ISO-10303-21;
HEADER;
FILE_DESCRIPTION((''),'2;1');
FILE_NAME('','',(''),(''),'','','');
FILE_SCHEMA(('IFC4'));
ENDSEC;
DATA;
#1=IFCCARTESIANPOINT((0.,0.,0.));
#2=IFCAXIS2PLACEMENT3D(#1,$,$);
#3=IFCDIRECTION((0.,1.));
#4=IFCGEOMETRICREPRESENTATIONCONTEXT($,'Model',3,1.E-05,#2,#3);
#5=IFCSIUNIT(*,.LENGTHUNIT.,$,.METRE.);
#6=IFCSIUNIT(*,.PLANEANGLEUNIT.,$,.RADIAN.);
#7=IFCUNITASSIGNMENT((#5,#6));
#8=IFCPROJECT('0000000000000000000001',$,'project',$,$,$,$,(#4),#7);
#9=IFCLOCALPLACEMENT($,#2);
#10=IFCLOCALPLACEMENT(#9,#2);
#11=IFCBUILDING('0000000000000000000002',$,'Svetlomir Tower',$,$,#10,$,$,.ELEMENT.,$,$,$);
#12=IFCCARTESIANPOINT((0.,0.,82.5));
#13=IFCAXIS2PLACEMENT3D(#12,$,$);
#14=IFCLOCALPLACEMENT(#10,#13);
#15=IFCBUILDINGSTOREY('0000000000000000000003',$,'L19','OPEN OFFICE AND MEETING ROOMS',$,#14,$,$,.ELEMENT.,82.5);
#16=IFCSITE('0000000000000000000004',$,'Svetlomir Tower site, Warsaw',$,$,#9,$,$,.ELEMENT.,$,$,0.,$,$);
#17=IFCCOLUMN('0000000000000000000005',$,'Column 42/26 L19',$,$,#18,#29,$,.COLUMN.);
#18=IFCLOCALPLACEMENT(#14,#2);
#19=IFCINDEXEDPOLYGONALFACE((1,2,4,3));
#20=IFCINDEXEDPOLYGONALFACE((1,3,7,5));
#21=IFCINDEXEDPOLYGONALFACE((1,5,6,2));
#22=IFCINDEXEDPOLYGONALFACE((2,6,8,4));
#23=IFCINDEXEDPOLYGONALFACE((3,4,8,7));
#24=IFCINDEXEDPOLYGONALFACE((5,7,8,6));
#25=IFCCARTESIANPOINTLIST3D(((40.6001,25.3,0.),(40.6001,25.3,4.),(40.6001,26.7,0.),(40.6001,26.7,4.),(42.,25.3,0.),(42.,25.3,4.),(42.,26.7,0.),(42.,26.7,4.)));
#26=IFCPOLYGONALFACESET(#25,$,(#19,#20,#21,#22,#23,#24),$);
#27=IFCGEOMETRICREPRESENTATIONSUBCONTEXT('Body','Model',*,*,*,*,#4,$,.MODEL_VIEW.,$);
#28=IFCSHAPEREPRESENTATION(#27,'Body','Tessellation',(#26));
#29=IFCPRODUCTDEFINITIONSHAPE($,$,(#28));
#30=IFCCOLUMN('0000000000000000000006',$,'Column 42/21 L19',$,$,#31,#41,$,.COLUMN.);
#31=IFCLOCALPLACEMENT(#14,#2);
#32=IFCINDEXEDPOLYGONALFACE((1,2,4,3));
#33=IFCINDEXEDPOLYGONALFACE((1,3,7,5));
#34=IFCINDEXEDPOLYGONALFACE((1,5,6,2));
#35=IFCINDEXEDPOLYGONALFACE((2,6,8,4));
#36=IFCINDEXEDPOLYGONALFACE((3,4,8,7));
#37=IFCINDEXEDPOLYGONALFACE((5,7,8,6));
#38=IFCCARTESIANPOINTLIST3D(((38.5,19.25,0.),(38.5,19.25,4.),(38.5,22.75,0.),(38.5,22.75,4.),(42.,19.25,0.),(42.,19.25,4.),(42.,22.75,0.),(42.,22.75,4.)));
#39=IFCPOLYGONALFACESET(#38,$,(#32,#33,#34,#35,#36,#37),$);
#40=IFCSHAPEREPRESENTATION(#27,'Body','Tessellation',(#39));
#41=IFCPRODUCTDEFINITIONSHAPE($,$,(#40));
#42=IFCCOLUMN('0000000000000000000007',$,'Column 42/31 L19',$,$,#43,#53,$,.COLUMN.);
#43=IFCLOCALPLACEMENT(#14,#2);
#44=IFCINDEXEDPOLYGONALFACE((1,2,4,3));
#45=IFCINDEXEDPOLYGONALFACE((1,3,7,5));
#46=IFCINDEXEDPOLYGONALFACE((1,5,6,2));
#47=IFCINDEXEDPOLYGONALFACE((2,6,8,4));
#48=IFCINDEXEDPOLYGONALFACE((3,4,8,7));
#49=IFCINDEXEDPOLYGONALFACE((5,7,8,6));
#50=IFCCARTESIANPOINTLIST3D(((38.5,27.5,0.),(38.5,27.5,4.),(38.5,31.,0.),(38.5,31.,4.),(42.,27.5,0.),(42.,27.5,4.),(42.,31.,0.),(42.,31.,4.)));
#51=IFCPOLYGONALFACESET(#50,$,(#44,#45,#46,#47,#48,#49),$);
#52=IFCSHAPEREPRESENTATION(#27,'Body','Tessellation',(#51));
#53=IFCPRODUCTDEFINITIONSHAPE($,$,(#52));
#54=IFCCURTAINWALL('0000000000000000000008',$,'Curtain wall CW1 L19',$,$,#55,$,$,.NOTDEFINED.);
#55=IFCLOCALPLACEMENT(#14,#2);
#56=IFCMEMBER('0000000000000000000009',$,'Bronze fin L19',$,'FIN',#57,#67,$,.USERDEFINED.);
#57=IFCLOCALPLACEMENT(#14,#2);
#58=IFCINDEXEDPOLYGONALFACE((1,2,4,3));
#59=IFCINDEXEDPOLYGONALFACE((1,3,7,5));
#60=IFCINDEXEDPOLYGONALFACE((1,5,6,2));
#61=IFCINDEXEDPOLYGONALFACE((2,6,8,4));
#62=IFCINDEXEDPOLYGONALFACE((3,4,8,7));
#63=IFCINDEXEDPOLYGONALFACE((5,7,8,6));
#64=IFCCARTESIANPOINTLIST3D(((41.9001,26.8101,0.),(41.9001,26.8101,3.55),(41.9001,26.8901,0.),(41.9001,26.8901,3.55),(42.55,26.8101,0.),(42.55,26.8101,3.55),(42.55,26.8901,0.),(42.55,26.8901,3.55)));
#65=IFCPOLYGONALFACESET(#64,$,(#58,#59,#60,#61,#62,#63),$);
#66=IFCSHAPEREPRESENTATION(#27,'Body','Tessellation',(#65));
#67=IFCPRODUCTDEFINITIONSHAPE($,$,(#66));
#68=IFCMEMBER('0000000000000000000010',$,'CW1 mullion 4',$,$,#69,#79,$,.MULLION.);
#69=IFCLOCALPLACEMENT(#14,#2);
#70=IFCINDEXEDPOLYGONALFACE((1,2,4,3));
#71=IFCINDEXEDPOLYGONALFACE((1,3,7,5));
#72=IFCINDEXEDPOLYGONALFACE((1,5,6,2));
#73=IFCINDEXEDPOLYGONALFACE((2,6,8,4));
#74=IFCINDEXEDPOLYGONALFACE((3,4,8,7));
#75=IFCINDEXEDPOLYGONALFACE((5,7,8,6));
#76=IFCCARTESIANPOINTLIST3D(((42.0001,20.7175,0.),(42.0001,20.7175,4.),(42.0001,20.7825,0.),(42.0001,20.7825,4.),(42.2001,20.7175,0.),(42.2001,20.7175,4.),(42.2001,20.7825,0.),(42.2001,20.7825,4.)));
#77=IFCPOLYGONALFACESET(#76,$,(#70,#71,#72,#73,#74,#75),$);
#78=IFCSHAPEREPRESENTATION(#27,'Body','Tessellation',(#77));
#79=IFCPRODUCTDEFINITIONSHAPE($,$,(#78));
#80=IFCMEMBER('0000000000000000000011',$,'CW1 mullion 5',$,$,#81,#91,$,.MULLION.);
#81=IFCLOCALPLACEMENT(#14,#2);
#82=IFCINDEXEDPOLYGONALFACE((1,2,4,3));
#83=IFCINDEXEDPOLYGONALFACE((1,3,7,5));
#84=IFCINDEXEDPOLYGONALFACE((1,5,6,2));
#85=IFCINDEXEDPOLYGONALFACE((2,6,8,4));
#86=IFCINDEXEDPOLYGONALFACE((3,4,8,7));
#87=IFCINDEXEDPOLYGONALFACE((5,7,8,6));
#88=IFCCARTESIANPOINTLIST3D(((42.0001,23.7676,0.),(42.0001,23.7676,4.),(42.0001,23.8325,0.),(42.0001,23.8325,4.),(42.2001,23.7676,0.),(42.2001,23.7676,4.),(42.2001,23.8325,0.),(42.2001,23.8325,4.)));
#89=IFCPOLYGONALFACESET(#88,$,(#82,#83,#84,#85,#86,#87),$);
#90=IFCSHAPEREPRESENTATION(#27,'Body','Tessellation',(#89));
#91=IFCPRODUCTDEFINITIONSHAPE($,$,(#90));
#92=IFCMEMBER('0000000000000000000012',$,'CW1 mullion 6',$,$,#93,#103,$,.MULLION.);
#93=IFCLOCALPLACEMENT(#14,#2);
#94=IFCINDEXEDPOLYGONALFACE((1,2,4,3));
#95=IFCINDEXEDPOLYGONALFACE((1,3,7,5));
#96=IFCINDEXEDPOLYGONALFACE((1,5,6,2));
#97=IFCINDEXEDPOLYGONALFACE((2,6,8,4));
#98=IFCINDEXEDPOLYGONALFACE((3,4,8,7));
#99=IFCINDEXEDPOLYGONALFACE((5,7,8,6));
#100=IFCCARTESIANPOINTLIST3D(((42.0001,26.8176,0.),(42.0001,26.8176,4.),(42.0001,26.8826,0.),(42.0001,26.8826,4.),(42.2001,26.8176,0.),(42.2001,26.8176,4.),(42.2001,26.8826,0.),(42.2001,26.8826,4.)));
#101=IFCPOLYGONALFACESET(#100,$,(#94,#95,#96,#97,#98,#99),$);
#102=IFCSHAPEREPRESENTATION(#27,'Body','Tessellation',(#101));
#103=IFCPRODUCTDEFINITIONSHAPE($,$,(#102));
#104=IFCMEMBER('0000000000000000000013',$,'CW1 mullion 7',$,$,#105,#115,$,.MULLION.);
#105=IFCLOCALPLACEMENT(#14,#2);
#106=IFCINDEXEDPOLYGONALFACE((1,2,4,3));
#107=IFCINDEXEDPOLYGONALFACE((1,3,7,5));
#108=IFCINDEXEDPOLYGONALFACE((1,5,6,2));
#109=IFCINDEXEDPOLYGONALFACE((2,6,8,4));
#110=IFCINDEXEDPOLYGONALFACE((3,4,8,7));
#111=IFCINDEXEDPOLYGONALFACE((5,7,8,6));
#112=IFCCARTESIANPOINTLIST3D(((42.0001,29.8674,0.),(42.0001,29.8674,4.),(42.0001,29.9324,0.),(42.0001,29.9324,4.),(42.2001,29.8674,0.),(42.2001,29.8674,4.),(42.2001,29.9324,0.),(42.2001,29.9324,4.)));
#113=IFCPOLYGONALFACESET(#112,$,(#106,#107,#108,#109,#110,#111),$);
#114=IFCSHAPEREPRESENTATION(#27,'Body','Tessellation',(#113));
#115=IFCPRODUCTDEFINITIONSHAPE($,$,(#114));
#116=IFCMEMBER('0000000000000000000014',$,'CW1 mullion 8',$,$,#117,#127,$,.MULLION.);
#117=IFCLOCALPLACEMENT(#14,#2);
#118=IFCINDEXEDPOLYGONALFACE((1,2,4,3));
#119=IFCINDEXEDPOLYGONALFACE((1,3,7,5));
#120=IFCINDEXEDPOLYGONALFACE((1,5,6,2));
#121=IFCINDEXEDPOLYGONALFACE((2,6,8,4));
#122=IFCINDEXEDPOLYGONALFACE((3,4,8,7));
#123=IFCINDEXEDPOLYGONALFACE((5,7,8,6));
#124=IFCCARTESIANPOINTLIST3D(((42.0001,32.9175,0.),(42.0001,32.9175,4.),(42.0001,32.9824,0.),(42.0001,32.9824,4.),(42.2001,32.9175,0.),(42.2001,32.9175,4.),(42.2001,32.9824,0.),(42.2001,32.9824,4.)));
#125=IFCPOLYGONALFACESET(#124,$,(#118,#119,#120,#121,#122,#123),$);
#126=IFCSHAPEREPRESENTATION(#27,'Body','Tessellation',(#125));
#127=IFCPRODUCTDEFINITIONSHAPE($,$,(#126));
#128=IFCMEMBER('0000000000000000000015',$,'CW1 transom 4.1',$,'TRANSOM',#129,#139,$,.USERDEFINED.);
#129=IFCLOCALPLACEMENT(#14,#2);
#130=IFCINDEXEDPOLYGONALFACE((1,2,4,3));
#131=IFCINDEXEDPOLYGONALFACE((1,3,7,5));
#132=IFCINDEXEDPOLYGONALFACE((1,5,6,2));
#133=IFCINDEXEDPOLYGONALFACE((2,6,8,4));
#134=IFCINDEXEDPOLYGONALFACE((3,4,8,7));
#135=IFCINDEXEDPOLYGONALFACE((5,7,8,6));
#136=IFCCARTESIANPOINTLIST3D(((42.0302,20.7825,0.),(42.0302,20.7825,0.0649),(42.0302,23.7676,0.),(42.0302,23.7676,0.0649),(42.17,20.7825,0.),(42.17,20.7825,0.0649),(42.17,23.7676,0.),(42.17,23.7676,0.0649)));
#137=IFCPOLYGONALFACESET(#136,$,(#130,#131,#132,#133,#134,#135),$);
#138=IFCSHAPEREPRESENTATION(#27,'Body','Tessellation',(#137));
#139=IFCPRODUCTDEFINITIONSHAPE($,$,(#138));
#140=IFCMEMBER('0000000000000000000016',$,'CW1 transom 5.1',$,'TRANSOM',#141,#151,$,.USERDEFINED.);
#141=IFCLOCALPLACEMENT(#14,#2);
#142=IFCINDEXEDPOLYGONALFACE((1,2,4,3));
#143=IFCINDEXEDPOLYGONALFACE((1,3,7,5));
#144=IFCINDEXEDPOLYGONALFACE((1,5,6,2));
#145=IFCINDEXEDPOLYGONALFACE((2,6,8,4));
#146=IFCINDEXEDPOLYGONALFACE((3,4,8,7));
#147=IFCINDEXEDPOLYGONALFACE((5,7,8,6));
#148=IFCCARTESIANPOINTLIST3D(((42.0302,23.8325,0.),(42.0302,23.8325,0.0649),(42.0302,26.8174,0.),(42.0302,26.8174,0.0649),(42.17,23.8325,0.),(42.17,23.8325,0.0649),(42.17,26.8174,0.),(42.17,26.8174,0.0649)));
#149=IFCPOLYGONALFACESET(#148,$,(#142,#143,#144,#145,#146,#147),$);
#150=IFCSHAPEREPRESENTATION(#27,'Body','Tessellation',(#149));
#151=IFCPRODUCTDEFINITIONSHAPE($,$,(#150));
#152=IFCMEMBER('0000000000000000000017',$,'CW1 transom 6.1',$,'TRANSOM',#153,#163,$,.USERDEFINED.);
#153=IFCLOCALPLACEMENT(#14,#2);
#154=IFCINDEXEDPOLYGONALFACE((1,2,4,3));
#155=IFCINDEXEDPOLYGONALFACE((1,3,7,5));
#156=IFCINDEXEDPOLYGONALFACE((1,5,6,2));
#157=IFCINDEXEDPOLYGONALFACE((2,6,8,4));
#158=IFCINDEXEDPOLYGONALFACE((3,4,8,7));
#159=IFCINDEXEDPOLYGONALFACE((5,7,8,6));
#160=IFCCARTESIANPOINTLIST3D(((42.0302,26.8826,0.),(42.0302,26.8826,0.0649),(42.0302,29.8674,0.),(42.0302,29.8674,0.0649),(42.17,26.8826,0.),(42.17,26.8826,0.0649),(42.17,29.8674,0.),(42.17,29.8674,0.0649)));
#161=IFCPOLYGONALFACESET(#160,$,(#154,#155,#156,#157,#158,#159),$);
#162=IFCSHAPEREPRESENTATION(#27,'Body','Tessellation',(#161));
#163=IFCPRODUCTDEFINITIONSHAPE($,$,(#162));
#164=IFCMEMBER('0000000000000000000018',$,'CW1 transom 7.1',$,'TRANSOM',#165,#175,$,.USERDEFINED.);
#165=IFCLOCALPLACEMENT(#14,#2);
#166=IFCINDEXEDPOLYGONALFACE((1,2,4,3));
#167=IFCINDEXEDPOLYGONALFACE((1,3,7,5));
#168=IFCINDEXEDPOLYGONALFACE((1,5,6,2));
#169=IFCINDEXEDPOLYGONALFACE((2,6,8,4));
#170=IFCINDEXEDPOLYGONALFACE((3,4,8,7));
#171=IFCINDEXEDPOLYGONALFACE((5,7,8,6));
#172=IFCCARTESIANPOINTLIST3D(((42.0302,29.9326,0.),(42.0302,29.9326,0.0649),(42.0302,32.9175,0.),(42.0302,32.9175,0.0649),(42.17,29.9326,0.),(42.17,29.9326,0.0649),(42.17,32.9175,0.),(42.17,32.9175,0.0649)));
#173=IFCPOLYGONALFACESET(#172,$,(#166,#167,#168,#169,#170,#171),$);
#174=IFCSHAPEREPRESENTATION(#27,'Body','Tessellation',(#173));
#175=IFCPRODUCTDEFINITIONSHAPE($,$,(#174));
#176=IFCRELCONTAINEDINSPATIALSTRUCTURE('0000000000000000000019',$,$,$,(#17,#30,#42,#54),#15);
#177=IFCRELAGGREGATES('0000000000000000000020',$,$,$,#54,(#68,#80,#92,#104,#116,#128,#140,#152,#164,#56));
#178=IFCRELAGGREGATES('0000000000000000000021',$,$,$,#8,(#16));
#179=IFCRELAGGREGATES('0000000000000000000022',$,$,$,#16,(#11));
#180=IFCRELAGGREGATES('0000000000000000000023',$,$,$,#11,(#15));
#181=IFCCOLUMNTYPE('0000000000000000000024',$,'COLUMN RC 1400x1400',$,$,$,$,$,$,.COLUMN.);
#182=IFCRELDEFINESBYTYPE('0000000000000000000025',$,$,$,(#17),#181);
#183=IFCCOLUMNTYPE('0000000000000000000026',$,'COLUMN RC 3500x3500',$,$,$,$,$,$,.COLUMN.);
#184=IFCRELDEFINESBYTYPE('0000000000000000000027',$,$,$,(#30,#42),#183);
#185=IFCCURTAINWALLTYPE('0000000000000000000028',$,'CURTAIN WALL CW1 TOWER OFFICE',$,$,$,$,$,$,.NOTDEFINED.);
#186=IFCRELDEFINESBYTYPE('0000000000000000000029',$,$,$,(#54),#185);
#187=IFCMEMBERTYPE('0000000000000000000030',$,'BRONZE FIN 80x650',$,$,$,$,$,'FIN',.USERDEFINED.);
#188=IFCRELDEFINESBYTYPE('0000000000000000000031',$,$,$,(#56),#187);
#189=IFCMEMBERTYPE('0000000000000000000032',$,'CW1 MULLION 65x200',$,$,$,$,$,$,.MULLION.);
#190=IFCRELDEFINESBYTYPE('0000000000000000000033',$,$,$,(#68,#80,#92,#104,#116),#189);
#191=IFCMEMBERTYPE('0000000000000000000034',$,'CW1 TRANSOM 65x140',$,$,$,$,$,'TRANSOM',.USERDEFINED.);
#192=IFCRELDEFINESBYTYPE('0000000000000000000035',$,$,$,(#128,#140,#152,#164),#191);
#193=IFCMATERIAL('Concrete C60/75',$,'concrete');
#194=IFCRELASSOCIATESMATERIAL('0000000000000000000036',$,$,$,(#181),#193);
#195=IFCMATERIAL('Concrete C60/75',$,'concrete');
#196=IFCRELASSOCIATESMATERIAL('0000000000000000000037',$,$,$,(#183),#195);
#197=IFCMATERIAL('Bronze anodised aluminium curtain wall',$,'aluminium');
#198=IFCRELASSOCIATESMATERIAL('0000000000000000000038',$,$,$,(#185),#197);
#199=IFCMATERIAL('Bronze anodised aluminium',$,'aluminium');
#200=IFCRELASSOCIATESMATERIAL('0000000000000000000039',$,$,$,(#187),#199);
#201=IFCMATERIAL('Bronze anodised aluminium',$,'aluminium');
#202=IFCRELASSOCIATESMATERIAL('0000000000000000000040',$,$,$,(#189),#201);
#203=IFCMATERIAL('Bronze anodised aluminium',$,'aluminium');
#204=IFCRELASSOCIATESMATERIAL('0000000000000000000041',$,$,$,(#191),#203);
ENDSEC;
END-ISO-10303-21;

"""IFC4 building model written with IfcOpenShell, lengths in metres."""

from ifc_helpers import new_model, si_unit, direction, frame, origin, origin_2d, place, context, subcontext, project, spatial, rectangle, extrude, material, material_profile, profile_set, type_object, element, aggregate, save


model = new_model("IFC4")

# Units and contexts
model_context = context("Model", 3, precision=1e-05, world=origin(), true_north=direction((0.0, 1.0)))
body_context = subcontext(model_context, "Body", "Model", "MODEL_VIEW")
ifc_project = project(units=[si_unit("LENGTHUNIT", "METRE"), si_unit("PLANEANGLEUNIT", "RADIAN")], contexts=[model_context])

# Site, building, storey
site_placement = place(None, origin())
site = spatial("IfcSite", under=ifc_project, at=site_placement, Name="Svetlomir Tower site, Warsaw", CompositionType="ELEMENT", RefElevation=0.0)
building_placement = place(site_placement, origin())
building = spatial("IfcBuilding", under=site, at=building_placement, Name="Svetlomir Tower", CompositionType="ELEMENT")
storey_placement = place(building_placement, frame((0.0, 0.0, 82.5)))
storey = spatial("IfcBuildingStorey", under=building, at=storey_placement, Name="L19", Description="OPEN OFFICE AND MEETING ROOMS", CompositionType="ELEMENT", Elevation=82.5)

# Columns
ifc_material_1 = material(Name="Concrete C60/75", Category="concrete")
ifc_material_profile_1 = material_profile(ifc_material_1, rectangle(XDim=1.3999, YDim=1.3999, at=origin_2d()), Name="RC 1400x1400")
ifc_profile_set_1 = profile_set([ifc_material_profile_1], Name="Concrete C60/75")
column_type_1 = type_object("IfcColumnType", Name="COLUMN RC 1400x1400", PredefinedType="COLUMN", material=ifc_profile_set_1)
column_placement = place(storey_placement, frame((41.3, 26.0, 0.0), z_axis=(0.0, 0.0, 1.0), x_axis=(1.0, 0.0, 0.0)))
element("IfcColumn", 1, at=column_placement, inside=storey, type_object=column_type_1, Name="Column 42/26 L19", PredefinedType="COLUMN", context=body_context, shape_type="SweptSolid", body=[
    extrude(rectangle(XDim=1.3999, YDim=1.3999, at=origin_2d()), origin(), (0.0, 0.0, 1.0), 4.0),
])
ifc_material_2 = material(Name="Concrete C60/75", Category="concrete")
ifc_material_profile_2 = material_profile(ifc_material_2, rectangle(XDim=3.5, YDim=3.5, at=origin_2d()), Name="RC 3500x3500")
ifc_profile_set_2 = profile_set([ifc_material_profile_2], Name="Concrete C60/75")
column_type_2 = type_object("IfcColumnType", Name="COLUMN RC 3500x3500", PredefinedType="COLUMN", material=ifc_profile_set_2)
for number, where, z_axis, x_axis, name in (
    (2, (40.25, 21.0, 0.0), (0.0, 0.0, 1.0), (1.0, 0.0, 0.0), "Column 42/21 L19"),
    (3, (40.25, 29.25, 0.0), (0.0, 0.0, 1.0), (1.0, 0.0, 0.0), "Column 42/31 L19"),
):
    element("IfcColumn", number, at=place(storey_placement, frame(where, z_axis=z_axis, x_axis=x_axis)), inside=storey, type_object=column_type_2, Name=name, PredefinedType="COLUMN", context=body_context, shape_type="SweptSolid", body=[
        extrude(rectangle(XDim=3.5, YDim=3.5, at=origin_2d()), origin(), (0.0, 0.0, 1.0), 4.0),
    ])

# Curtain wall, members
ifc_material_3 = material(Name="Bronze anodised aluminium curtain wall", Category="aluminium")
curtain_wall_type = type_object("IfcCurtainWallType", Name="CURTAIN WALL CW1 TOWER OFFICE", PredefinedType="NOTDEFINED", material=ifc_material_3)
curtain_wall_placement = place(storey_placement, origin())
curtain_wall = element("IfcCurtainWall", 4, at=curtain_wall_placement, inside=storey, type_object=curtain_wall_type, Name="Curtain wall CW1 L19", PredefinedType="NOTDEFINED")
ifc_material_4 = material(Name="Bronze anodised aluminium", Category="aluminium")
ifc_material_profile_3 = material_profile(ifc_material_4, rectangle(XDim=0.0801, YDim=0.6499, at=origin_2d()), Name="FIN 80x650")
ifc_profile_set_3 = profile_set([ifc_material_profile_3], Name="Bronze anodised aluminium 6063-T6")
member_type_1 = type_object("IfcMemberType", Name="BRONZE FIN 80x650", ElementType="FIN", PredefinedType="USERDEFINED", material=ifc_profile_set_3)
member_1_placement = place(storey_placement, frame((42.2251, 26.8501, 0.0), z_axis=(0.0, 0.0, 1.0), x_axis=(0.0, 1.0, 0.0)))
member_1 = element("IfcMember", 5, at=member_1_placement, type_object=member_type_1, Name="Bronze fin L19", ObjectType="FIN", PredefinedType="USERDEFINED", context=body_context, shape_type="SweptSolid", body=[
    extrude(rectangle(XDim=0.0801, YDim=0.6499, at=origin_2d()), origin(), (0.0, 0.0, 1.0), 3.55),
])
ifc_material_5 = material(Name="Bronze anodised aluminium", Category="aluminium")
ifc_material_profile_4 = material_profile(ifc_material_5, rectangle(XDim=0.0649, YDim=0.2, at=origin_2d()), Name="AL 65x200")
ifc_profile_set_4 = profile_set([ifc_material_profile_4], Name="Bronze anodised aluminium 6063-T6")
member_type_2 = type_object("IfcMemberType", Name="CW1 MULLION 65x200", PredefinedType="MULLION", material=ifc_profile_set_4)
member_2_placement = place(storey_placement, frame((42.1001, 20.75, 0.0), z_axis=(0.0, 0.0, 1.0), x_axis=(0.0, 1.0, 0.0)))
member_2 = element("IfcMember", 6, at=member_2_placement, type_object=member_type_2, Name="CW1 mullion 4", PredefinedType="MULLION", context=body_context, shape_type="SweptSolid", body=[
    extrude(rectangle(XDim=0.0649, YDim=0.2, at=origin_2d()), origin(), (0.0, 0.0, 1.0), 4.0),
])
member_3_placement = place(storey_placement, frame((42.1001, 23.8, 0.0), z_axis=(0.0, 0.0, 1.0), x_axis=(0.0, 1.0, 0.0)))
member_3 = element("IfcMember", 7, at=member_3_placement, type_object=member_type_2, Name="CW1 mullion 5", PredefinedType="MULLION", context=body_context, shape_type="SweptSolid", body=[
    extrude(rectangle(XDim=0.0649, YDim=0.2, at=origin_2d()), origin(), (0.0, 0.0, 1.0), 4.0),
])
member_4_placement = place(storey_placement, frame((42.1001, 26.8501, 0.0), z_axis=(0.0, 0.0, 1.0), x_axis=(0.0, 1.0, 0.0)))
member_4 = element("IfcMember", 8, at=member_4_placement, type_object=member_type_2, Name="CW1 mullion 6", PredefinedType="MULLION", context=body_context, shape_type="SweptSolid", body=[
    extrude(rectangle(XDim=0.0649, YDim=0.2, at=origin_2d()), origin(), (0.0, 0.0, 1.0), 4.0),
])
member_5_placement = place(storey_placement, frame((42.1001, 29.8999, 0.0), z_axis=(0.0, 0.0, 1.0), x_axis=(0.0, 1.0, 0.0)))
member_5 = element("IfcMember", 9, at=member_5_placement, type_object=member_type_2, Name="CW1 mullion 7", PredefinedType="MULLION", context=body_context, shape_type="SweptSolid", body=[
    extrude(rectangle(XDim=0.0649, YDim=0.2, at=origin_2d()), origin(), (0.0, 0.0, 1.0), 4.0),
])
member_6_placement = place(storey_placement, frame((42.1001, 32.95, 0.0), z_axis=(0.0, 0.0, 1.0), x_axis=(0.0, 1.0, 0.0)))
member_6 = element("IfcMember", 10, at=member_6_placement, type_object=member_type_2, Name="CW1 mullion 8", PredefinedType="MULLION", context=body_context, shape_type="SweptSolid", body=[
    extrude(rectangle(XDim=0.0649, YDim=0.2, at=origin_2d()), origin(), (0.0, 0.0, 1.0), 4.0),
])
ifc_material_6 = material(Name="Bronze anodised aluminium", Category="aluminium")
ifc_material_profile_5 = material_profile(ifc_material_6, rectangle(XDim=0.1399, YDim=0.0649, at=origin_2d()), Name="AL 140x65")
ifc_profile_set_5 = profile_set([ifc_material_profile_5], Name="Bronze anodised aluminium 6063-T6")
member_type_3 = type_object("IfcMemberType", Name="CW1 TRANSOM 65x140", ElementType="TRANSOM", PredefinedType="USERDEFINED", material=ifc_profile_set_5)
member_7_placement = place(storey_placement, frame((42.1001, 20.7825, 0.0325), z_axis=(0.0, 1.0, 0.0), x_axis=(-1.0, 0.0, 0.0)))
member_7 = element("IfcMember", 11, at=member_7_placement, type_object=member_type_3, Name="CW1 transom 4.1", ObjectType="TRANSOM", PredefinedType="USERDEFINED", context=body_context, shape_type="SweptSolid", body=[
    extrude(rectangle(XDim=0.1399, YDim=0.0649, at=origin_2d()), origin(), (0.0, 0.0, 1.0), 2.9851),
])
member_8_placement = place(storey_placement, frame((42.1001, 23.8325, 0.0325), z_axis=(0.0, 1.0, 0.0), x_axis=(-1.0, 0.0, 0.0)))
member_8 = element("IfcMember", 12, at=member_8_placement, type_object=member_type_3, Name="CW1 transom 5.1", ObjectType="TRANSOM", PredefinedType="USERDEFINED", context=body_context, shape_type="SweptSolid", body=[
    extrude(rectangle(XDim=0.1399, YDim=0.0649, at=origin_2d()), origin(), (0.0, 0.0, 1.0), 2.9849),
])
member_9_placement = place(storey_placement, frame((42.1001, 26.8826, 0.0325), z_axis=(0.0, 1.0, 0.0), x_axis=(-1.0, 0.0, 0.0)))
member_9 = element("IfcMember", 13, at=member_9_placement, type_object=member_type_3, Name="CW1 transom 6.1", ObjectType="TRANSOM", PredefinedType="USERDEFINED", context=body_context, shape_type="SweptSolid", body=[
    extrude(rectangle(XDim=0.1399, YDim=0.0649, at=origin_2d()), origin(), (0.0, 0.0, 1.0), 2.9849),
])
member_10_placement = place(storey_placement, frame((42.1001, 29.9326, 0.0325), z_axis=(0.0, 1.0, 0.0), x_axis=(-1.0, 0.0, 0.0)))
member_10 = element("IfcMember", 14, at=member_10_placement, type_object=member_type_3, Name="CW1 transom 7.1", ObjectType="TRANSOM", PredefinedType="USERDEFINED", context=body_context, shape_type="SweptSolid", body=[
    extrude(rectangle(XDim=0.1399, YDim=0.0649, at=origin_2d()), origin(), (0.0, 0.0, 1.0), 2.9849),
])

aggregate(curtain_wall, [member_2, member_3, member_4, member_5, member_6, member_7, member_8, member_9, member_10, member_1])

save(model, "model.ifc")
